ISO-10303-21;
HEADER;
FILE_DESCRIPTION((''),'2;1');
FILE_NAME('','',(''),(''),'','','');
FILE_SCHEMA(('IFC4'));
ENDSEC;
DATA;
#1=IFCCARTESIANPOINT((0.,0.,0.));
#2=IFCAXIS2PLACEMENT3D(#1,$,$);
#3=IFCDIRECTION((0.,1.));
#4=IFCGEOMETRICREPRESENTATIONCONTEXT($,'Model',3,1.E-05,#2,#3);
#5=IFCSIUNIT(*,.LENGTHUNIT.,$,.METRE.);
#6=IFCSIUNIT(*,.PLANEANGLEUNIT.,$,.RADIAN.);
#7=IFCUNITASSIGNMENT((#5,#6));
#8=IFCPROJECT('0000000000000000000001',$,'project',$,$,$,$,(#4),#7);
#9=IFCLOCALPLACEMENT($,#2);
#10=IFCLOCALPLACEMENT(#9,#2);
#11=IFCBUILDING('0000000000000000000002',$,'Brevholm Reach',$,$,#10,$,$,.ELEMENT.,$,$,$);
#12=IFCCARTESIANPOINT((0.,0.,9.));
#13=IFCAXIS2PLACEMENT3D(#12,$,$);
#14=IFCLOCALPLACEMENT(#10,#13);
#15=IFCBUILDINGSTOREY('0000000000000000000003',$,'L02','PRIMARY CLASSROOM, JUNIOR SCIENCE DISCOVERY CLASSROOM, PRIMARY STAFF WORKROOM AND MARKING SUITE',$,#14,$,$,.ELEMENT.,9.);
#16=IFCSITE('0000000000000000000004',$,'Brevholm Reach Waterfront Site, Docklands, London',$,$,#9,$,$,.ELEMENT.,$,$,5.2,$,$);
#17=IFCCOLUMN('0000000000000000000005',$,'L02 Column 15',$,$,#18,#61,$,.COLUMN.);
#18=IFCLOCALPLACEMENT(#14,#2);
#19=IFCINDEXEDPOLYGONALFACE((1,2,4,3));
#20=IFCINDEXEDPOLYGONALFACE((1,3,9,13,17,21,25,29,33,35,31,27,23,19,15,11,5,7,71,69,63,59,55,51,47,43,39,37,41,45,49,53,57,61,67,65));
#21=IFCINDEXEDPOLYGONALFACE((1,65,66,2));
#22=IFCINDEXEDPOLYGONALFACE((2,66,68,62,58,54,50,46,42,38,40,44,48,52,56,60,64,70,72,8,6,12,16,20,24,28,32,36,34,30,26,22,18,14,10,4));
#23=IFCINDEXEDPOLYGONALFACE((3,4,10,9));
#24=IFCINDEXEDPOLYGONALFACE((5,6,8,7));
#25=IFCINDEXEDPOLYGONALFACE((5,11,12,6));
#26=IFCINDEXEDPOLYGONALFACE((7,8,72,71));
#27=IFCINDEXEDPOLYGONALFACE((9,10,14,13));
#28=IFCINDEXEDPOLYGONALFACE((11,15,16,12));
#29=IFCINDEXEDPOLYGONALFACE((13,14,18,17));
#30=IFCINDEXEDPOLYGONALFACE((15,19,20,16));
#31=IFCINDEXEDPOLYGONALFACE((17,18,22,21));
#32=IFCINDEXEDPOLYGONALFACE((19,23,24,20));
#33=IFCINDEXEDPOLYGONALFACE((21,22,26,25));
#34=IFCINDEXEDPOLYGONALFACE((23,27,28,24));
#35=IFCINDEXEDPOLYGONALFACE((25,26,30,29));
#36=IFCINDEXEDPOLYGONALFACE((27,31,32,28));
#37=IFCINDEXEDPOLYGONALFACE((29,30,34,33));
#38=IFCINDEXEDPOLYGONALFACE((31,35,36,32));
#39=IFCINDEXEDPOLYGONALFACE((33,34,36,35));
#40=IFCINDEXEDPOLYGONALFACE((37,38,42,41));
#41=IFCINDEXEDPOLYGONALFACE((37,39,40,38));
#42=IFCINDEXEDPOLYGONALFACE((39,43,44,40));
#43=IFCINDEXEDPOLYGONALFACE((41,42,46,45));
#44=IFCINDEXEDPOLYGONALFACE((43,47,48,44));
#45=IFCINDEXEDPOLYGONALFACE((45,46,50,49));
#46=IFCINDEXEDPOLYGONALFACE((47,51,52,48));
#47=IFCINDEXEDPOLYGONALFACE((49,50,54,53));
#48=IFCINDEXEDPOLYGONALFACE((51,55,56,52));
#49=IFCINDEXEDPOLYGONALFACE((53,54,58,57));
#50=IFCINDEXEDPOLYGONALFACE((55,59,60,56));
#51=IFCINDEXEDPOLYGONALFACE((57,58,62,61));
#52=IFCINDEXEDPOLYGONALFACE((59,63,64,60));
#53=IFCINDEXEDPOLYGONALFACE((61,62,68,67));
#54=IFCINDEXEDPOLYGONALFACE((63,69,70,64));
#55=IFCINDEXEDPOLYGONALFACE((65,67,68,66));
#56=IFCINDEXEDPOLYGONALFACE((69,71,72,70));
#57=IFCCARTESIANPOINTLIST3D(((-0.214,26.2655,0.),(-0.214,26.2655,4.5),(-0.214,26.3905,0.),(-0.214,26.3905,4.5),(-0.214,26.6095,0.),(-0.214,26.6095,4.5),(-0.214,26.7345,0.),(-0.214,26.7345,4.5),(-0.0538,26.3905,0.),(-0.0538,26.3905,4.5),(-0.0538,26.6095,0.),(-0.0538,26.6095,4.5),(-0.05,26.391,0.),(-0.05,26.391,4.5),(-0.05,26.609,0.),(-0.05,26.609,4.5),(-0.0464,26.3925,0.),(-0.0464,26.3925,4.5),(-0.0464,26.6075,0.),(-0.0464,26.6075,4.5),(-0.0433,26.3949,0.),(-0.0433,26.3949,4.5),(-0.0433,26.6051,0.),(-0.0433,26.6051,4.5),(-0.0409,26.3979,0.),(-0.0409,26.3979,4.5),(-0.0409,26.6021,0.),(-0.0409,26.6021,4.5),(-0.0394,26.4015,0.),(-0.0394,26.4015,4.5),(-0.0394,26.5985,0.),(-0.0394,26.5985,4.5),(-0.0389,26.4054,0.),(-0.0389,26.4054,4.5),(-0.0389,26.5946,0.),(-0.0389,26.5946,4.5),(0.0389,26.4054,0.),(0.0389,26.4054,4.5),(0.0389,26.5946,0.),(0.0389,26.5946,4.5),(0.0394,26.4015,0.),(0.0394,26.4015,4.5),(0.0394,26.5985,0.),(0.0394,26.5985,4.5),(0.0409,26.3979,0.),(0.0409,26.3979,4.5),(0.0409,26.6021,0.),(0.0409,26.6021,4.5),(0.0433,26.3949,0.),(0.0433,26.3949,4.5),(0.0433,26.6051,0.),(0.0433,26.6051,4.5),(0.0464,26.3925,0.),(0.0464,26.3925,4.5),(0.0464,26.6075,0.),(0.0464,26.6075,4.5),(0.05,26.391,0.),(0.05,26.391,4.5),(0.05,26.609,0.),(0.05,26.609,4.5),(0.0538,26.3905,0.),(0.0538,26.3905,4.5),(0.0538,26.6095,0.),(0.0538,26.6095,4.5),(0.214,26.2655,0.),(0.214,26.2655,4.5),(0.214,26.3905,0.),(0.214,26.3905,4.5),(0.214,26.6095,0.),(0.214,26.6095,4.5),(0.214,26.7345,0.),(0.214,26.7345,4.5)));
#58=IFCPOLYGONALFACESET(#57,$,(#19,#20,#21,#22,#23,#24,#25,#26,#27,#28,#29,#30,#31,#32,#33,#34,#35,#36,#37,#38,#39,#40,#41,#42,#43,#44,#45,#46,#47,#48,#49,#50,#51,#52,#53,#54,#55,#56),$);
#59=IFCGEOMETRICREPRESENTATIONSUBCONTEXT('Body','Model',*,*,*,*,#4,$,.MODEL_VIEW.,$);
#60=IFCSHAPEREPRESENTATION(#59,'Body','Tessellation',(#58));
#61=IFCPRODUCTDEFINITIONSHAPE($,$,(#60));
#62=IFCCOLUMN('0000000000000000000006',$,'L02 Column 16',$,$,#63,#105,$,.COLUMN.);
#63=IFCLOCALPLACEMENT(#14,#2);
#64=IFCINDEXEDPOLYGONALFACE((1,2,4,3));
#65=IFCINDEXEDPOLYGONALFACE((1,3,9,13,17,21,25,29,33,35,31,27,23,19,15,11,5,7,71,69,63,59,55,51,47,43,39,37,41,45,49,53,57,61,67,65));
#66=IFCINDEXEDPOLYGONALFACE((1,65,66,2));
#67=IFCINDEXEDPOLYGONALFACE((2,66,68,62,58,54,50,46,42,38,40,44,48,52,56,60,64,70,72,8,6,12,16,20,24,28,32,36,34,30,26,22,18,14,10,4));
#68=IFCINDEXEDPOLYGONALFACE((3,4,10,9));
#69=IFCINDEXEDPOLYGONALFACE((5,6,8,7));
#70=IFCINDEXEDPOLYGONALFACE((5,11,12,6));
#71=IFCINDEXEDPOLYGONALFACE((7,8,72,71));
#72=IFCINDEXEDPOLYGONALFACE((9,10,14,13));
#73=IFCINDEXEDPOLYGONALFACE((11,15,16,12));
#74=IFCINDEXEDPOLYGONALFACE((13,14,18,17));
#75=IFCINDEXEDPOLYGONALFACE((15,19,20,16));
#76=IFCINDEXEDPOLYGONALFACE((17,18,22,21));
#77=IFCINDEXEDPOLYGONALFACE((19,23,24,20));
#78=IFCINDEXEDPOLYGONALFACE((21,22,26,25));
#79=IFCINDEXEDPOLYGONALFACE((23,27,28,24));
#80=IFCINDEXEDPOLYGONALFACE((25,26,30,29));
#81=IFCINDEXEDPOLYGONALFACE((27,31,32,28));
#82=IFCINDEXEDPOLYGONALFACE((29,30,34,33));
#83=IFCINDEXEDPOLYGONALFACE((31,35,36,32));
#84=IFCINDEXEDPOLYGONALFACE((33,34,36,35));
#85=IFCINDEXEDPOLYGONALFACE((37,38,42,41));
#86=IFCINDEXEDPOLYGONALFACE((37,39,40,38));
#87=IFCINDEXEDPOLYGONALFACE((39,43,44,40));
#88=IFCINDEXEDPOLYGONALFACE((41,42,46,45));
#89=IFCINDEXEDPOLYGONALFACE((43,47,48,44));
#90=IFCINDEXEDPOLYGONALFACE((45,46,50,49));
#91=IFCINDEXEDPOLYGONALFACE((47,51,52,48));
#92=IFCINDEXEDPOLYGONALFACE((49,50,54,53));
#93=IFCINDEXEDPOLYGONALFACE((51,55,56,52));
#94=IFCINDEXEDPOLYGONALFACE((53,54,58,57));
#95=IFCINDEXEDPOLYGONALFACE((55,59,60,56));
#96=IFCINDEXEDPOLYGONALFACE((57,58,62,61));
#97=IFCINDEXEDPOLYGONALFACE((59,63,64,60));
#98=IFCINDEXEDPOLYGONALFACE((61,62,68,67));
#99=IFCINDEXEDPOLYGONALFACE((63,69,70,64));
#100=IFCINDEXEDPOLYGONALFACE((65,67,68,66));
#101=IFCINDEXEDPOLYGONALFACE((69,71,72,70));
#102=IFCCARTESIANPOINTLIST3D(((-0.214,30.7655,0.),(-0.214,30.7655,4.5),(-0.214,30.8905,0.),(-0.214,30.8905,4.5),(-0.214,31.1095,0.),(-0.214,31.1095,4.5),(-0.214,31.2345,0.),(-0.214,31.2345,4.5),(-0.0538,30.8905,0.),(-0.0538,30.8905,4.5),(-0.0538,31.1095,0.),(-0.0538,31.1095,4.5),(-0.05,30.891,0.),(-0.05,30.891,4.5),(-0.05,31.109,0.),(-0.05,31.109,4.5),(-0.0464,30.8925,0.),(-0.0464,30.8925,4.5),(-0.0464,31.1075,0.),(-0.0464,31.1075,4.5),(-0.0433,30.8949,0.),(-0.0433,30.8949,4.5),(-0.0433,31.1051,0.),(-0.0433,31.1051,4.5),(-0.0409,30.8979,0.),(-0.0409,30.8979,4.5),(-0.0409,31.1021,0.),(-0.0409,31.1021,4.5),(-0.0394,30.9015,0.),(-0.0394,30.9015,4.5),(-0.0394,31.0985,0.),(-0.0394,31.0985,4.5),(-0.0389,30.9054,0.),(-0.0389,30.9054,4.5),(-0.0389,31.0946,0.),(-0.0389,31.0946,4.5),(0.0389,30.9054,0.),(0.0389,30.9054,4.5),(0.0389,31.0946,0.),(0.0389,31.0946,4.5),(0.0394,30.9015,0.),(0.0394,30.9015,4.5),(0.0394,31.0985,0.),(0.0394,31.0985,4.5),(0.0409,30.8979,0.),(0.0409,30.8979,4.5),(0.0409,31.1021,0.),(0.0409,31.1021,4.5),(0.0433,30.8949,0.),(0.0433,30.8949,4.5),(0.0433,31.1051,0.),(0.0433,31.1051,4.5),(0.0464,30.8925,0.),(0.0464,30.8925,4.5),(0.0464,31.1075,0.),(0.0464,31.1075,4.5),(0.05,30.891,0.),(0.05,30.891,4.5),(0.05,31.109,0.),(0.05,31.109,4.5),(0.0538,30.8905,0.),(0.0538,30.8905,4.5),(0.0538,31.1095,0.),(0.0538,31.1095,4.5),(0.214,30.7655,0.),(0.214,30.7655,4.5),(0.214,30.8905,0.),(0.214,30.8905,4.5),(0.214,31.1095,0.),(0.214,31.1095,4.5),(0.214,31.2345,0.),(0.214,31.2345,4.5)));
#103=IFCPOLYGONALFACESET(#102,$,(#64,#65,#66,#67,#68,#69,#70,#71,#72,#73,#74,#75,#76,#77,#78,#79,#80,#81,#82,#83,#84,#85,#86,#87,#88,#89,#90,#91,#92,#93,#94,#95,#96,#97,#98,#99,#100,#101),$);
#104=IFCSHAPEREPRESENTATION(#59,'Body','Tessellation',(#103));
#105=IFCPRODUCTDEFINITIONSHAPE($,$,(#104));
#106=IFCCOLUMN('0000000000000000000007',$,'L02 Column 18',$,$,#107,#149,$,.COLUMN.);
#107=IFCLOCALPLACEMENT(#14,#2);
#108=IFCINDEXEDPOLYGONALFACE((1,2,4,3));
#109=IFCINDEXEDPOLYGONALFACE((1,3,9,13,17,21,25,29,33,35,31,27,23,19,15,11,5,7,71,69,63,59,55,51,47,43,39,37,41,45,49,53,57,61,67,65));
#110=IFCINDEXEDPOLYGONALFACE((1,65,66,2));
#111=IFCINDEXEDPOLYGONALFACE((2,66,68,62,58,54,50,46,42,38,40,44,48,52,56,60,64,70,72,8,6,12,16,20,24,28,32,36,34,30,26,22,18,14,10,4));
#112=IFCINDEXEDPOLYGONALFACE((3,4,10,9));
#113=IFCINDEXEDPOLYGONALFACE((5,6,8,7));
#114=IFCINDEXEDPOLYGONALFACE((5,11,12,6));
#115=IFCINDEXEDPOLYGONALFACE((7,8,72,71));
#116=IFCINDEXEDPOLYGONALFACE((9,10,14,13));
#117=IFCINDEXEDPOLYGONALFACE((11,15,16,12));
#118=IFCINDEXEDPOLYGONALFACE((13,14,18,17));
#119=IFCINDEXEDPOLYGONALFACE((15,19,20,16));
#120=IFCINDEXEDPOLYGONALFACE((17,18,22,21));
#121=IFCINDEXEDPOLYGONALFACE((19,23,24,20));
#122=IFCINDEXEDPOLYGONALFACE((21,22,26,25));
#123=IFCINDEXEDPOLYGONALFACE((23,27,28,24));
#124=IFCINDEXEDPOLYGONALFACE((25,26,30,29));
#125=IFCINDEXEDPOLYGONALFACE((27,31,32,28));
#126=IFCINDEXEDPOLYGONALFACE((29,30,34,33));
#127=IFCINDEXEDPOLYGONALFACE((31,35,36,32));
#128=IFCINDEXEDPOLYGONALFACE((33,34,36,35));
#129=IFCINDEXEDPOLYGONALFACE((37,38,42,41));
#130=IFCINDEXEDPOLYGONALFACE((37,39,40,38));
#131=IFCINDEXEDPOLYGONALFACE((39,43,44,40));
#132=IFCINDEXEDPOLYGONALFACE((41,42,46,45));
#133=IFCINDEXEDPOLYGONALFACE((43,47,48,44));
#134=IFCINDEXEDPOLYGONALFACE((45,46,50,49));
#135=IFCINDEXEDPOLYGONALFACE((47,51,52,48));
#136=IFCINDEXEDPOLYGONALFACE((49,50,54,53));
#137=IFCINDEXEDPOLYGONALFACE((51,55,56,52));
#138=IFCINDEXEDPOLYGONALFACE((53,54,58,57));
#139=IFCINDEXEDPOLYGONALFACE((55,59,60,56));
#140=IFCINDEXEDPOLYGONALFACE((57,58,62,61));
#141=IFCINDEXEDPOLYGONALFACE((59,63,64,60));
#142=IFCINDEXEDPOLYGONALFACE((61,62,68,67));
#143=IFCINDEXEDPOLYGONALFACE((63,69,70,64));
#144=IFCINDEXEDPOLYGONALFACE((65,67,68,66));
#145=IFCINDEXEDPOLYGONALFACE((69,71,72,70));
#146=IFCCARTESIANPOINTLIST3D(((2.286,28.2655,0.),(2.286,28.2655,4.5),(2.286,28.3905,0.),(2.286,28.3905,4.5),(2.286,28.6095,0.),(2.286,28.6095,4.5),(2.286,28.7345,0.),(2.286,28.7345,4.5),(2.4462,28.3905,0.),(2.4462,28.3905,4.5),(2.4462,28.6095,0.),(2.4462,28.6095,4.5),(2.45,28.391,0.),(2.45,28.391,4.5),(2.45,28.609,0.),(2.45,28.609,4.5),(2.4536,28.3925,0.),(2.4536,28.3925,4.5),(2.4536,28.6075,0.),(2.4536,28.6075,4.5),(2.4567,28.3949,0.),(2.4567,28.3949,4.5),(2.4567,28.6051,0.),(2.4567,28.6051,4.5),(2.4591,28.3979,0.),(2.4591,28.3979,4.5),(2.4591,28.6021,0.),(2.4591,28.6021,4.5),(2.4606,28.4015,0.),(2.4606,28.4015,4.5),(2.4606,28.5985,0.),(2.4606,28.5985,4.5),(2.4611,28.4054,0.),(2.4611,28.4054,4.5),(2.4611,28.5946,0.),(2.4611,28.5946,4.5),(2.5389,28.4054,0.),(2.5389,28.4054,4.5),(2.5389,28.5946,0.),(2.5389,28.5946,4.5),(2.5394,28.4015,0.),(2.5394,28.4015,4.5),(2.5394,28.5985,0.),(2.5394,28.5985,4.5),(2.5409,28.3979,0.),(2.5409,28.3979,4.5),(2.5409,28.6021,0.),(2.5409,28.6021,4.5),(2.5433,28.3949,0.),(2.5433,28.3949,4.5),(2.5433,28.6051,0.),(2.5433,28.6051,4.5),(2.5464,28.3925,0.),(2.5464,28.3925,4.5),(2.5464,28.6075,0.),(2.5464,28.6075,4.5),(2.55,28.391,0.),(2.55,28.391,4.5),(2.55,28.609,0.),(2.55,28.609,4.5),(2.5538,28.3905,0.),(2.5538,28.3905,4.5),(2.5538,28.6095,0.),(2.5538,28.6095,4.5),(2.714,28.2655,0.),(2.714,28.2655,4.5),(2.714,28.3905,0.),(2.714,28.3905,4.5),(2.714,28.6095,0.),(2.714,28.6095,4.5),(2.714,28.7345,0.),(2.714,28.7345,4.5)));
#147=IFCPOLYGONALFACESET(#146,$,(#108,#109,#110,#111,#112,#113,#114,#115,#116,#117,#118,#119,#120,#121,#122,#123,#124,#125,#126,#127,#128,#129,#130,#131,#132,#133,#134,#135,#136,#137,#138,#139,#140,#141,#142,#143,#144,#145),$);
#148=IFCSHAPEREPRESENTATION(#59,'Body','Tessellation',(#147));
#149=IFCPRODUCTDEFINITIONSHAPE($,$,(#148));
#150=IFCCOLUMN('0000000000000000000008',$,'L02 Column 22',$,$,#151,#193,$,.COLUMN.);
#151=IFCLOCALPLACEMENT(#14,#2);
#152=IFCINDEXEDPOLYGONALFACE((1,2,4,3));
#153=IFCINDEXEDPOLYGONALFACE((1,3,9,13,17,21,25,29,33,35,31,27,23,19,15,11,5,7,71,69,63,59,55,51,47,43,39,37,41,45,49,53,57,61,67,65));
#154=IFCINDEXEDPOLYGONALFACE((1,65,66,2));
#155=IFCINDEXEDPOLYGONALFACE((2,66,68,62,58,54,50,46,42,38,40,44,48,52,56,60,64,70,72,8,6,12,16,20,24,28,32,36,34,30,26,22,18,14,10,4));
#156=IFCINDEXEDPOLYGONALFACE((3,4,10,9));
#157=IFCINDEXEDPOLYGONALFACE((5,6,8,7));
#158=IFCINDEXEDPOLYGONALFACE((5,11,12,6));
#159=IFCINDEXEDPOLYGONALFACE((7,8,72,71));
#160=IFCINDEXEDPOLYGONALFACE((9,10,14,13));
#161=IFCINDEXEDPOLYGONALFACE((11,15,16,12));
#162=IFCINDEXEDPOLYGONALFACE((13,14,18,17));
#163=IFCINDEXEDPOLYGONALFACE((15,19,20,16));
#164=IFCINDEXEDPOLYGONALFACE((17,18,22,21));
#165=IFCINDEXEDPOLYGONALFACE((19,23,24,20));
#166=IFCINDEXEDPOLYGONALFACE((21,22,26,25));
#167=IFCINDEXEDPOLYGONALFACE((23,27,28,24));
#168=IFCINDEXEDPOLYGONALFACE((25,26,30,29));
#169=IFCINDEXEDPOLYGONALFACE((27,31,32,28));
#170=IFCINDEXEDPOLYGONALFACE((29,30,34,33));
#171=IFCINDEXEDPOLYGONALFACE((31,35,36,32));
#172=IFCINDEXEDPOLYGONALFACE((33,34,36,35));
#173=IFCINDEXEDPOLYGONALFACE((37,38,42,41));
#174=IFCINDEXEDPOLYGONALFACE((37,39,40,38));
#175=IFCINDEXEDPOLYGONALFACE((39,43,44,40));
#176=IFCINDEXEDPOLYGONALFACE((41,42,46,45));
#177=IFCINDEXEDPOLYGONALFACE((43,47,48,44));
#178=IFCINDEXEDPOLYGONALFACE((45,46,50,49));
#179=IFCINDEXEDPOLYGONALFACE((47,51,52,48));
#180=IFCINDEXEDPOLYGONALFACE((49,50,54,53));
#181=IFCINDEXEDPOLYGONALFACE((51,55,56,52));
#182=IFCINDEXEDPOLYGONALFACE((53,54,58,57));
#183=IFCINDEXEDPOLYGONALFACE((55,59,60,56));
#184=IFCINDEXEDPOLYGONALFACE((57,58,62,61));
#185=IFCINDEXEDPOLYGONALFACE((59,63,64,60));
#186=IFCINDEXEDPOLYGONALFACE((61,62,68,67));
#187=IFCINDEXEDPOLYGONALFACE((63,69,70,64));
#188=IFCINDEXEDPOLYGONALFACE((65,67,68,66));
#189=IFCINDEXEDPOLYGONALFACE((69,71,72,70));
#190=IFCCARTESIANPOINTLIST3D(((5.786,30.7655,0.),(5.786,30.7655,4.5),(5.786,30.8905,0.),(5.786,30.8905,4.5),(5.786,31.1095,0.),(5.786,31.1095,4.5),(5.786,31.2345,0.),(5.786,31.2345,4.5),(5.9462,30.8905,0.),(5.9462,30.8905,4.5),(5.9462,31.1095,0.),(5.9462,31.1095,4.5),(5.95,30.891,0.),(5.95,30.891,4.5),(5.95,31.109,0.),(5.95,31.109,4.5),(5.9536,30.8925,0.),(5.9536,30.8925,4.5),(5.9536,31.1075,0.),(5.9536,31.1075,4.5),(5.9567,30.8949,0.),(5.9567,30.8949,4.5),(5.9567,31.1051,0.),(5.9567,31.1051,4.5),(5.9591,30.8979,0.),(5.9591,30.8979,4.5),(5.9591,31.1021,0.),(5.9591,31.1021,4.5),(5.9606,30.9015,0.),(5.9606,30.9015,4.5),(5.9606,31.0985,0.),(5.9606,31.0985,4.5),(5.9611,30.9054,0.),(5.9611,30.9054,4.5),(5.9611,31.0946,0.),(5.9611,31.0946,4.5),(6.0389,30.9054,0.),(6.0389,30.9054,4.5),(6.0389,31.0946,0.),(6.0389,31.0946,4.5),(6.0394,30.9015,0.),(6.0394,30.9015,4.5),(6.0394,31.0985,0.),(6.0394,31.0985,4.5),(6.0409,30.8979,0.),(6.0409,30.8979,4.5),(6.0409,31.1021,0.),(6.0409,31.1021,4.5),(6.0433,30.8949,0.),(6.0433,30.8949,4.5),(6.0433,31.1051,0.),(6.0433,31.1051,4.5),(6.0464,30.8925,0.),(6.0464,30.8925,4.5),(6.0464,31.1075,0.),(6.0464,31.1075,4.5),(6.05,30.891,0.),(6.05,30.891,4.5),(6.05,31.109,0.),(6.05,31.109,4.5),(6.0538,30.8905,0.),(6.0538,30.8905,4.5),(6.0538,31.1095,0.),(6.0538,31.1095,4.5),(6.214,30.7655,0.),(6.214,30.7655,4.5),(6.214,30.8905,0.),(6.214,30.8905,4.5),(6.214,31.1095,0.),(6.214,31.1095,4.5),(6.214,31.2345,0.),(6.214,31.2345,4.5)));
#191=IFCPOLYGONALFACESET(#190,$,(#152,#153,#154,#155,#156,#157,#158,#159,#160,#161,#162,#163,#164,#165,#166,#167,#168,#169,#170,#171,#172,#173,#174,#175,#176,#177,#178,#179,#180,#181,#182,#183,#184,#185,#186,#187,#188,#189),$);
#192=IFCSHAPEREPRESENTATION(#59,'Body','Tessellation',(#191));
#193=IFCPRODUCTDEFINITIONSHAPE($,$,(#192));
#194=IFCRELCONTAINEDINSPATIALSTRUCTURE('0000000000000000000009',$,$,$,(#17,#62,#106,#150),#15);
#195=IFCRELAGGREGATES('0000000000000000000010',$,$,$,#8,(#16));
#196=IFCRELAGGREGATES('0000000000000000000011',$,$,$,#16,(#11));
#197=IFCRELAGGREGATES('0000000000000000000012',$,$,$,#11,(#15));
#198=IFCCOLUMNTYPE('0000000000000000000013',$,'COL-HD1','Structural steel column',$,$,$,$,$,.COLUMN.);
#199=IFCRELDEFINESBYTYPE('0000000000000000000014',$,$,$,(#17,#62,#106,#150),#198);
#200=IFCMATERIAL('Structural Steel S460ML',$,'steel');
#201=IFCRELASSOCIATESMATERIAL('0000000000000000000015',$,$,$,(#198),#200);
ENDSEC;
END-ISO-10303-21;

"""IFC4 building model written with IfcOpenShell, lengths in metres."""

from ifc_helpers import new_model, si_unit, direction, frame, origin, origin_2d, place, context, subcontext, project, spatial, i_section, extrude, material, material_profile, profile_set, type_object, element, save


model = new_model("IFC4")

# Units and contexts
model_context = context("Model", 3, precision=1e-05, world=origin(), true_north=direction((0.0, 1.0)))
body_context = subcontext(model_context, "Body", "Model", "MODEL_VIEW")
ifc_project = project(units=[si_unit("LENGTHUNIT", "METRE"), si_unit("PLANEANGLEUNIT", "RADIAN")], contexts=[model_context])

# Site, building, storey
site_placement = place(None, origin())
site = spatial("IfcSite", under=ifc_project, at=site_placement, Name="Brevholm Reach Waterfront Site, Docklands, London", CompositionType="ELEMENT", RefElevation=5.2)
building_placement = place(site_placement, origin())
building = spatial("IfcBuilding", under=site, at=building_placement, Name="Brevholm Reach", CompositionType="ELEMENT")
storey_placement = place(building_placement, frame((0.0, 0.0, 9.0)))
storey = spatial("IfcBuildingStorey", under=building, at=storey_placement, Name="L02", Description="PRIMARY CLASSROOM, JUNIOR SCIENCE DISCOVERY CLASSROOM, PRIMARY STAFF WORKROOM AND MARKING SUITE", CompositionType="ELEMENT", Elevation=9.0)

# Columns
ifc_material_1 = material(Name="Structural Steel S460ML", Category="steel")
ifc_material_profile_1 = material_profile(ifc_material_1, i_section(OverallWidth=0.428, OverallDepth=0.469, WebThickness=0.0779, FlangeThickness=0.125, FilletRadius=0.0149, at=origin_2d()), Name="HD 400x1086")
ifc_profile_set_1 = profile_set([ifc_material_profile_1], Name="Structural Steel S460ML")
column_type_1 = type_object("IfcColumnType", Name="COL-HD1", Description="Structural steel column", PredefinedType="COLUMN", material=ifc_profile_set_1)
for number, where, z_axis, x_axis, name in (
    (1, (0.0, 26.5, 0.0), (0.0, 0.0, 1.0), (1.0, 0.0, 0.0), "L02 Column 15"),
    (2, (0.0, 31.0, 0.0), (0.0, 0.0, 1.0), (1.0, 0.0, 0.0), "L02 Column 16"),
    (3, (2.5, 28.5, 0.0), (0.0, 0.0, 1.0), (1.0, 0.0, 0.0), "L02 Column 18"),
    (4, (6.0, 31.0, 0.0), (0.0, 0.0, 1.0), (1.0, 0.0, 0.0), "L02 Column 22"),
):
    element("IfcColumn", number, at=place(storey_placement, frame(where, z_axis=z_axis, x_axis=x_axis)), inside=storey, type_object=column_type_1, Name=name, PredefinedType="COLUMN", context=body_context, shape_type="SweptSolid", body=[
        extrude(i_section(OverallWidth=0.428, OverallDepth=0.469, WebThickness=0.0779, FlangeThickness=0.125, FilletRadius=0.0149, at=origin_2d()), origin(), (0.0, 0.0, 1.0), 4.5),
    ])

save(model, "model.ifc")
